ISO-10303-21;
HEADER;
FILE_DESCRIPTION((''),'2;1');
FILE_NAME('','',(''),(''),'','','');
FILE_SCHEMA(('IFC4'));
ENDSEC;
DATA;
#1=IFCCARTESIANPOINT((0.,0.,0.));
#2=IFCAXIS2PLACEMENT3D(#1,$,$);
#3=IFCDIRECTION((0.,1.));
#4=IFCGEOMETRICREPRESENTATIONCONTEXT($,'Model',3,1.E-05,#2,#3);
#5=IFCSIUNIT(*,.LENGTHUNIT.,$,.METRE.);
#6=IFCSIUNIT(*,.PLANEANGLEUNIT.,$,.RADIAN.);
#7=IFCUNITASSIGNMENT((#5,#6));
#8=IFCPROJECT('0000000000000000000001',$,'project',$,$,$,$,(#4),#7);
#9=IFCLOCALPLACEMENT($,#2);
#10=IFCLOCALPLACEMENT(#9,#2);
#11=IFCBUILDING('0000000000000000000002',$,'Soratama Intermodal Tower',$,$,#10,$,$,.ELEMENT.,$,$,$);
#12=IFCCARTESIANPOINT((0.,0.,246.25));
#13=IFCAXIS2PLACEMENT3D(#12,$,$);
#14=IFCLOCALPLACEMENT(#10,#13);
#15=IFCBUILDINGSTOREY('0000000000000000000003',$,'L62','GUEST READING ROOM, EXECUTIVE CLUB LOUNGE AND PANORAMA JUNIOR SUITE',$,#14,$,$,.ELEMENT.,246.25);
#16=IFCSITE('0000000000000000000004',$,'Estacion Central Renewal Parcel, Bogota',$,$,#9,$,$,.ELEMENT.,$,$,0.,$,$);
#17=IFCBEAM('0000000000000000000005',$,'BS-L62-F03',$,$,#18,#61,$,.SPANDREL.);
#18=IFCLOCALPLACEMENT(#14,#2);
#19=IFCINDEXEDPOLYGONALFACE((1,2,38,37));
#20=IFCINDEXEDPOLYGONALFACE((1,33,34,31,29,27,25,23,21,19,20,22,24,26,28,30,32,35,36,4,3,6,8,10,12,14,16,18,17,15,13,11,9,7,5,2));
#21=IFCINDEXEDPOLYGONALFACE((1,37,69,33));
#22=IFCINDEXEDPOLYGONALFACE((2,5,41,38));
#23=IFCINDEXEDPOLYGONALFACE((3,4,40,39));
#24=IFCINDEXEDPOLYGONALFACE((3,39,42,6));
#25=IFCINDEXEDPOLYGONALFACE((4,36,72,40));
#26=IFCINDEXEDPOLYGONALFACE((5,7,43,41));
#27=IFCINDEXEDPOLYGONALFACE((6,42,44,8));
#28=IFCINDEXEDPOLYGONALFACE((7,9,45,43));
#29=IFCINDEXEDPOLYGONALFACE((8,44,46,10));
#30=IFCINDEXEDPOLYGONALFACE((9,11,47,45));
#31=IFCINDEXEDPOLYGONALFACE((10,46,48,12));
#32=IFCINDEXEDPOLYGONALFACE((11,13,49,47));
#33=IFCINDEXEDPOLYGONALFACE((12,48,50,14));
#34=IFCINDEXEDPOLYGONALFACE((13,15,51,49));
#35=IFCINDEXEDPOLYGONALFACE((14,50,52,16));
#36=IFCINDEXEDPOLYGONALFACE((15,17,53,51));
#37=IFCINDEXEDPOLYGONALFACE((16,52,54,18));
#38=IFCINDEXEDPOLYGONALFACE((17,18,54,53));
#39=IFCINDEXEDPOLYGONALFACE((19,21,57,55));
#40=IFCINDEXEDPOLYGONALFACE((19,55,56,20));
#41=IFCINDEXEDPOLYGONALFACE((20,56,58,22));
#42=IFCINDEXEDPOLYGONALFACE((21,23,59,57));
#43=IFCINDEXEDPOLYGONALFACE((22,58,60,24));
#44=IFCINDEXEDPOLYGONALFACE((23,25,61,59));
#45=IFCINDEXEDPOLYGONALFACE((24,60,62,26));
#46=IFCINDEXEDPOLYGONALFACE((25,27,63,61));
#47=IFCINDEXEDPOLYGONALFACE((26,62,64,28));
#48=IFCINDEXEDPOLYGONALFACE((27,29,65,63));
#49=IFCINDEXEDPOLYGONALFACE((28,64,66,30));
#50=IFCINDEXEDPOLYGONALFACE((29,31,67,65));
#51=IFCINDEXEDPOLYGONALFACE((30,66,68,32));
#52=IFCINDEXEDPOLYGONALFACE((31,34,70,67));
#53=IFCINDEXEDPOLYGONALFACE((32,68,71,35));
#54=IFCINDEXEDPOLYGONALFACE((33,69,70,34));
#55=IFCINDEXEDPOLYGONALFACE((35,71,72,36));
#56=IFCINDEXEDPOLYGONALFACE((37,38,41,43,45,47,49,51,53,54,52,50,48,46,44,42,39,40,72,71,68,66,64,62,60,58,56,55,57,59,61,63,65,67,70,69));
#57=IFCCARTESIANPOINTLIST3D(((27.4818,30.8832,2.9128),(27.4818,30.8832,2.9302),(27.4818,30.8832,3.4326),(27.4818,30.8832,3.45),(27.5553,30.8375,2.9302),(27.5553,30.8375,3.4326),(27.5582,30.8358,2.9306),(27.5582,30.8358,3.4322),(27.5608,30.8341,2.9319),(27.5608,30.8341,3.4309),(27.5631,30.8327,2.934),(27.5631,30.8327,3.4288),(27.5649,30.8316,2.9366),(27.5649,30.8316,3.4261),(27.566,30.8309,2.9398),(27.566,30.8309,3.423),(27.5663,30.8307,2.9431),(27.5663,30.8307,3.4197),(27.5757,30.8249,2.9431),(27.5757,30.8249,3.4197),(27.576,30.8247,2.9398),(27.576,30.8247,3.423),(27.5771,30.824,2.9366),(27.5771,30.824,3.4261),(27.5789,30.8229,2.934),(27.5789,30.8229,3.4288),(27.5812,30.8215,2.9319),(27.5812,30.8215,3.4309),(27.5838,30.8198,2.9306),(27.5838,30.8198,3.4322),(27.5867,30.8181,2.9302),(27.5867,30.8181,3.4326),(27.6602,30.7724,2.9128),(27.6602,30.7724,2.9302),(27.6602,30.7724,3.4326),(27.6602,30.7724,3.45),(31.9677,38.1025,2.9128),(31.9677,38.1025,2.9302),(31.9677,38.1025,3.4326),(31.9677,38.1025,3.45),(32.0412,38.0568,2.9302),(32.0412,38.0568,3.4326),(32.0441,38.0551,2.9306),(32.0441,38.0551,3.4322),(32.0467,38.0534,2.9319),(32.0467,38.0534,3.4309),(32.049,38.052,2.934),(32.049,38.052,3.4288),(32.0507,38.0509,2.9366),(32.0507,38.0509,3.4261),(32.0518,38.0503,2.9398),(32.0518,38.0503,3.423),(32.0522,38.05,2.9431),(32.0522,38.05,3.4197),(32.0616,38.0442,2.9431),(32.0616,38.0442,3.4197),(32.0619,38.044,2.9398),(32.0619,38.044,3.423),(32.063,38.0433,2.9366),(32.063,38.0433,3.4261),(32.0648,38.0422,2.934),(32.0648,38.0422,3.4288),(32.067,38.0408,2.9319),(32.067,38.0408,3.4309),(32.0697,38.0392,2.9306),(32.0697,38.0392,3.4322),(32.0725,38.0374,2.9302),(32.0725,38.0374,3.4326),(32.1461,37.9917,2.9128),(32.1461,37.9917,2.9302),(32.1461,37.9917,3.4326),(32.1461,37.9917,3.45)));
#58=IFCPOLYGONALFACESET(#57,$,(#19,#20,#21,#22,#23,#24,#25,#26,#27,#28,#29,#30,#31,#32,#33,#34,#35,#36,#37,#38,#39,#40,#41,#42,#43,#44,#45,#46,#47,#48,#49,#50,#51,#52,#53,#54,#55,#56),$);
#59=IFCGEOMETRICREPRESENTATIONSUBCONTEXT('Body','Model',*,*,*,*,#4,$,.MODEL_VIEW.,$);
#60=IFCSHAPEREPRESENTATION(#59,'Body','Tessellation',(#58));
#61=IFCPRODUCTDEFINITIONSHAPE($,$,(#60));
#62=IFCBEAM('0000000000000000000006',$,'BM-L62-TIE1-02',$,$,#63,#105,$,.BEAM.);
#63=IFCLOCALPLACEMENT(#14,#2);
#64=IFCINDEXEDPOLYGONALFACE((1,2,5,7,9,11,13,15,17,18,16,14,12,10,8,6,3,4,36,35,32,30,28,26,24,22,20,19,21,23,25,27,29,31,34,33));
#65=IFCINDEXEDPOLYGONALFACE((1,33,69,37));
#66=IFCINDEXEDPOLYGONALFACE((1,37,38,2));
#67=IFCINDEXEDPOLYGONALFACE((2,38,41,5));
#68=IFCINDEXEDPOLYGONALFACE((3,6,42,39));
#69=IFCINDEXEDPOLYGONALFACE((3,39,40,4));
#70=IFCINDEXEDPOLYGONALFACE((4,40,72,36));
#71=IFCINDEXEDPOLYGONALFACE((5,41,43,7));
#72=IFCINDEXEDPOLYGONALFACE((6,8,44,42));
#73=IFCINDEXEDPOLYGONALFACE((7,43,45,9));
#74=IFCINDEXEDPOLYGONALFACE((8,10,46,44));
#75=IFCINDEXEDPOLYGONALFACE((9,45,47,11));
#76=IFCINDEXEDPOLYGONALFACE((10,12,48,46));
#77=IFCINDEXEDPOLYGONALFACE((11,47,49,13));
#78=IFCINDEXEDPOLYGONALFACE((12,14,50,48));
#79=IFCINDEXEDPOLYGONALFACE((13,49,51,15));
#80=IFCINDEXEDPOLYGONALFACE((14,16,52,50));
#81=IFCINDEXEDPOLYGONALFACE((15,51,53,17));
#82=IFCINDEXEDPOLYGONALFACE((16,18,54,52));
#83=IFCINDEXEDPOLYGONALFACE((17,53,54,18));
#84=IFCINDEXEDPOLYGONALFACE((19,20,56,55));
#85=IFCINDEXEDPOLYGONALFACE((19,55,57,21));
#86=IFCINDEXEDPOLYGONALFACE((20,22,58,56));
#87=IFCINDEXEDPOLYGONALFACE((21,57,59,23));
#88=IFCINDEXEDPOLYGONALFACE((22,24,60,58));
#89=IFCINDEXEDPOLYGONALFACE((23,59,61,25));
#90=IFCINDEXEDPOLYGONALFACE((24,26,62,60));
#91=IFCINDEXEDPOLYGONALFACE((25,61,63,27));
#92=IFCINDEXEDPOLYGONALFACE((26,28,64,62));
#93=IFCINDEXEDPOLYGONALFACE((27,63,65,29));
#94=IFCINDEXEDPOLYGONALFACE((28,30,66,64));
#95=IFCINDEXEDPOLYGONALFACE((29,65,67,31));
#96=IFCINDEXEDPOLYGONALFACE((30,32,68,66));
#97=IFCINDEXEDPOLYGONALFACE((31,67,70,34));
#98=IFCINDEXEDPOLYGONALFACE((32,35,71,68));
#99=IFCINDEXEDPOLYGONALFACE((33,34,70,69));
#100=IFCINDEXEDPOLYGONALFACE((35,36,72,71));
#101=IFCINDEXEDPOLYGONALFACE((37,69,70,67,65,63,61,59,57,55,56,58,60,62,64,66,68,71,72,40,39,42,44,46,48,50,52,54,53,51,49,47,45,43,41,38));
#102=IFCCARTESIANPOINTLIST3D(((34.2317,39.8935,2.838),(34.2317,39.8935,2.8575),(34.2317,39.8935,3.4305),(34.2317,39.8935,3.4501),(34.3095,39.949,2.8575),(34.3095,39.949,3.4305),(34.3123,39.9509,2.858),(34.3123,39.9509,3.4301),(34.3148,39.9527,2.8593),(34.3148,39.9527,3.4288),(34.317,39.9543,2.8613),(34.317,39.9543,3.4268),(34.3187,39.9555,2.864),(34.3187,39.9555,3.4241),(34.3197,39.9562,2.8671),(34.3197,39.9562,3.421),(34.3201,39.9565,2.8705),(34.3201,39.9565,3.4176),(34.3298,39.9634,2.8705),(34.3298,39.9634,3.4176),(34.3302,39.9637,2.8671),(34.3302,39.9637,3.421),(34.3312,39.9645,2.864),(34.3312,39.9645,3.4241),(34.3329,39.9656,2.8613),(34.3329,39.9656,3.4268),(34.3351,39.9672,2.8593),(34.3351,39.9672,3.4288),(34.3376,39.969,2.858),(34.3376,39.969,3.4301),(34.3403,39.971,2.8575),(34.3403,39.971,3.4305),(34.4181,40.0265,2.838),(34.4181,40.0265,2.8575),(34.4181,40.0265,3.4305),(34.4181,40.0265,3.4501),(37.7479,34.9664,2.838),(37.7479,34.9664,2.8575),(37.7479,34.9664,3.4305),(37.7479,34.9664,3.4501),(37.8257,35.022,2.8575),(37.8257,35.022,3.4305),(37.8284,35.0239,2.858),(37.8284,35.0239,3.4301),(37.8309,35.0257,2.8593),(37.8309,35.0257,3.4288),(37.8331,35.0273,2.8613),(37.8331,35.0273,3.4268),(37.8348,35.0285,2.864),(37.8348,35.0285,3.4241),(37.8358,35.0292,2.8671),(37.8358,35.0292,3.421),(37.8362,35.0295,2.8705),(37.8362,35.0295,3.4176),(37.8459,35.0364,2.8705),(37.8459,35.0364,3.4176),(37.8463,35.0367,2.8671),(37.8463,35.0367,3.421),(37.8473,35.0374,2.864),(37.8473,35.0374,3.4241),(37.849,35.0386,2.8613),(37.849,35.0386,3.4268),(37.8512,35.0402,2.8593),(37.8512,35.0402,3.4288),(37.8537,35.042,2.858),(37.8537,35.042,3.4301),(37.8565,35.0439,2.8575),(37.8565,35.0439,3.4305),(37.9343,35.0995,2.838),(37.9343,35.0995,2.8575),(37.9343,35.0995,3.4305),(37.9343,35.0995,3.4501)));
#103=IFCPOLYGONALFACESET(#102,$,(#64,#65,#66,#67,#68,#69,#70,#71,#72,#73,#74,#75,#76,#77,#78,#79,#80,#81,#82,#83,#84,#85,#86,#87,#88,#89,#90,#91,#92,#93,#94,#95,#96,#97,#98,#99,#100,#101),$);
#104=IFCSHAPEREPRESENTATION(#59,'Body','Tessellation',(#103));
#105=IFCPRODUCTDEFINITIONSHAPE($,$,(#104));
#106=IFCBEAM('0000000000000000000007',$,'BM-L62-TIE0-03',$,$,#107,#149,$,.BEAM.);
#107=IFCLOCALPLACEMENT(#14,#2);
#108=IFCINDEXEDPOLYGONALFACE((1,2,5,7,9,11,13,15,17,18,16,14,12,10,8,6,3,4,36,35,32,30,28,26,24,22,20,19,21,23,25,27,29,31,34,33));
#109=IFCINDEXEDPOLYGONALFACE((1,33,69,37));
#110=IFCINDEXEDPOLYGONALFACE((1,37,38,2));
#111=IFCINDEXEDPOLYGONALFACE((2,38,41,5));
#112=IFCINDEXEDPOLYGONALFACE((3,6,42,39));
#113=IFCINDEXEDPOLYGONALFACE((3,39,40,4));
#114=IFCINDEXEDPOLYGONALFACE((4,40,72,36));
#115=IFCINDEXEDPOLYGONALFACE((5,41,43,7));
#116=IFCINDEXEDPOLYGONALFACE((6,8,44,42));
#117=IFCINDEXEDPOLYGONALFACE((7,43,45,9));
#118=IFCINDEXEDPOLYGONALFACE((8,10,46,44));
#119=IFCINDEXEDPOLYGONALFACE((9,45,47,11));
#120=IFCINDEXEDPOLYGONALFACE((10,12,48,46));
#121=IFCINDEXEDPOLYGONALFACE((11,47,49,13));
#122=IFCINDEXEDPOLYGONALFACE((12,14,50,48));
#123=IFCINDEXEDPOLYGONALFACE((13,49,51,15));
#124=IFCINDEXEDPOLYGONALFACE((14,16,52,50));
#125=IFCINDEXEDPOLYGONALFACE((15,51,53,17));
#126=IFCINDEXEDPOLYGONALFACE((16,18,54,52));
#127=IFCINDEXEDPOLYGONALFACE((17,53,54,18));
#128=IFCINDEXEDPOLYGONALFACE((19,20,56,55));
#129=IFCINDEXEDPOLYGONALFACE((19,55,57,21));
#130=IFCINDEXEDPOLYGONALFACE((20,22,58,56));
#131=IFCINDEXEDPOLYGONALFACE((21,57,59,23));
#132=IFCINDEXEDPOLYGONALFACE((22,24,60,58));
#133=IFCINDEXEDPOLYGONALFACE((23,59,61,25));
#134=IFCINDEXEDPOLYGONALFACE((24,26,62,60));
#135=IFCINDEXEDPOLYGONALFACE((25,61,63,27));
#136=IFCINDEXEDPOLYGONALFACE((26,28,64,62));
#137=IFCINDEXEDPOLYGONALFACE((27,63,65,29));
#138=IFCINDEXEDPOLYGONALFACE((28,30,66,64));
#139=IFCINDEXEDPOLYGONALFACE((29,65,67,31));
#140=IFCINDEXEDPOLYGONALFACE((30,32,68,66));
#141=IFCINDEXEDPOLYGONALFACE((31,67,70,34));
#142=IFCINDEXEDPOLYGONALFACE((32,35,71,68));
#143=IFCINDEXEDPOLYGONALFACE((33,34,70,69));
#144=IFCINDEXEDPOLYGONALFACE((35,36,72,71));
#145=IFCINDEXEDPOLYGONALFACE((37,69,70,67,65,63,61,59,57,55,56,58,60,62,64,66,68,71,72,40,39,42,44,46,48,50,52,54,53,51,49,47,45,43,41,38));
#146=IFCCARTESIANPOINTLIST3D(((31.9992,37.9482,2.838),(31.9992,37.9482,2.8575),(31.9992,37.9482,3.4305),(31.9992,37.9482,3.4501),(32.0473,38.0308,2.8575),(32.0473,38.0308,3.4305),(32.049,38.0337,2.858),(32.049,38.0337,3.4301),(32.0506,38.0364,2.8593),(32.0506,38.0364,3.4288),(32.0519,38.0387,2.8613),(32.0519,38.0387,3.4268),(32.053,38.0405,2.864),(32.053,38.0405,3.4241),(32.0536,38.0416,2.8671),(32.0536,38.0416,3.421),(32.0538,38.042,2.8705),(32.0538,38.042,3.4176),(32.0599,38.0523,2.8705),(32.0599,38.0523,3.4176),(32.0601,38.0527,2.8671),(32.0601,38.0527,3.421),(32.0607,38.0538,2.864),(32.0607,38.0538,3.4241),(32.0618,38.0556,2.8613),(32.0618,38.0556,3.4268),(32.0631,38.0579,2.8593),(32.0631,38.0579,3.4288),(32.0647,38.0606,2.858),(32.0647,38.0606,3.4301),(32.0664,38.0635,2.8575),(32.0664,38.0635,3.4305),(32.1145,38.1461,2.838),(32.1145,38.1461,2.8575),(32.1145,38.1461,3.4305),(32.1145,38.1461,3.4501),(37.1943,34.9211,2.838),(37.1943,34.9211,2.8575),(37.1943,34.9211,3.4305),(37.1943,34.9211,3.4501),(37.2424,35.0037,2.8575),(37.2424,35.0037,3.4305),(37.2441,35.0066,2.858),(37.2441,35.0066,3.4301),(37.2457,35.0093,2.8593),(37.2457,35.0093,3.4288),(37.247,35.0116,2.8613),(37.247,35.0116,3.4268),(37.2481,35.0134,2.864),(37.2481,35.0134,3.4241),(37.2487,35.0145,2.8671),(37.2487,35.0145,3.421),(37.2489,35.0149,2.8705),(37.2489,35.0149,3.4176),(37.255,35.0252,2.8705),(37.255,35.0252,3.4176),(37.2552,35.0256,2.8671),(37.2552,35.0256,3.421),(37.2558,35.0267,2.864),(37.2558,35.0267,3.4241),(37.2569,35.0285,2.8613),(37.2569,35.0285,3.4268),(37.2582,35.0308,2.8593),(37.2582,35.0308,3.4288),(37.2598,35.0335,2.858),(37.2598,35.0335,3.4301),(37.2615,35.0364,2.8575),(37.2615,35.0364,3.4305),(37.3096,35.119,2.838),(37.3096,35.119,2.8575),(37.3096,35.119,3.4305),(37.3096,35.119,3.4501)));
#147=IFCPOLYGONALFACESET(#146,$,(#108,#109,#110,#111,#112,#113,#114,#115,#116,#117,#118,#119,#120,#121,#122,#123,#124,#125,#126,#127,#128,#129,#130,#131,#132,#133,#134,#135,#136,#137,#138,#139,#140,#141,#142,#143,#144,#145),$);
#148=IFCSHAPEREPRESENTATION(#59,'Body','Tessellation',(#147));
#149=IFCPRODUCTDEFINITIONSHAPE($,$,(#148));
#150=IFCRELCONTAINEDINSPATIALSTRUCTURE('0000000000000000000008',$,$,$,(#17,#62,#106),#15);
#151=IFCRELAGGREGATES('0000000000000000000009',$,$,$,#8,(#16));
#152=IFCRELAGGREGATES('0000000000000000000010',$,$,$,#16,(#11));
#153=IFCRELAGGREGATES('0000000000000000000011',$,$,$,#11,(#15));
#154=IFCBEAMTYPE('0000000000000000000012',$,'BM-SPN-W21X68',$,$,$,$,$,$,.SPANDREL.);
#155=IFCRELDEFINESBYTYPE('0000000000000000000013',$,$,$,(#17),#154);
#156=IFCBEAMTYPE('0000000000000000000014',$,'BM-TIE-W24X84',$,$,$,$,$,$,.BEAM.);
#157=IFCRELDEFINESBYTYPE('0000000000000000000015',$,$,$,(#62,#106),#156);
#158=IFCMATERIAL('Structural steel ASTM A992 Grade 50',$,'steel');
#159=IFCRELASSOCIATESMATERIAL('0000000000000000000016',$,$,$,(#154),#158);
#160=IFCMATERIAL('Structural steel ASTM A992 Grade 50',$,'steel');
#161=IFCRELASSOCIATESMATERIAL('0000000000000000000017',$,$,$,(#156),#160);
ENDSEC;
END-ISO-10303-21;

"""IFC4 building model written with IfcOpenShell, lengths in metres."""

from ifc_helpers import new_model, si_unit, direction, frame, origin, origin_2d, place, context, subcontext, project, spatial, i_section, extrude, material, material_profile, profile_set, type_object, element, save


model = new_model("IFC4")

# Units and contexts
model_context = context("Model", 3, precision=1e-05, world=origin(), true_north=direction((0.0, 1.0)))
body_context = subcontext(model_context, "Body", "Model", "MODEL_VIEW")
ifc_project = project(units=[si_unit("LENGTHUNIT", "METRE"), si_unit("PLANEANGLEUNIT", "RADIAN")], contexts=[model_context])

# Site, building, storey
site_placement = place(None, origin())
site = spatial("IfcSite", under=ifc_project, at=site_placement, Name="Estacion Central Renewal Parcel, Bogota", CompositionType="ELEMENT", RefElevation=0.0)
building_placement = place(site_placement, origin())
building = spatial("IfcBuilding", under=site, at=building_placement, Name="Soratama Intermodal Tower", CompositionType="ELEMENT")
storey_placement = place(building_placement, frame((0.0, 0.0, 246.25)))
storey = spatial("IfcBuildingStorey", under=building, at=storey_placement, Name="L62", Description="GUEST READING ROOM, EXECUTIVE CLUB LOUNGE AND PANORAMA JUNIOR SUITE", CompositionType="ELEMENT", Elevation=246.25)

# Beams
ifc_material_1 = material(Name="Structural steel ASTM A992 Grade 50", Category="steel")
ifc_material_profile_1 = material_profile(ifc_material_1, i_section(OverallWidth=0.21, OverallDepth=0.5371, WebThickness=0.011, FlangeThickness=0.0173, FilletRadius=0.0129, at=origin_2d()), Name="W21X68")
ifc_profile_set_1 = profile_set([ifc_material_profile_1], Name="Structural steel ASTM A992 Grade 50")
beam_type_1 = type_object("IfcBeamType", Name="BM-SPN-W21X68", PredefinedType="SPANDREL", material=ifc_profile_set_1)
beam_1_placement = place(storey_placement, frame((32.0569, 38.0471, 3.1814), z_axis=(-0.527782, -0.84938, 0.0), x_axis=(0.84938, -0.527782, 0.0)))
element("IfcBeam", 1, at=beam_1_placement, inside=storey, type_object=beam_type_1, Name="BS-L62-F03", PredefinedType="SPANDREL", context=body_context, shape_type="SweptSolid", body=[
    extrude(i_section(OverallWidth=0.21, OverallDepth=0.5371, WebThickness=0.011, FlangeThickness=0.0173, FilletRadius=0.0129, at=origin_2d()), origin(), (0.0, 0.0, 1.0), 8.4995),
])
ifc_material_2 = material(Name="Structural steel ASTM A992 Grade 50", Category="steel")
ifc_material_profile_2 = material_profile(ifc_material_2, i_section(OverallWidth=0.229, OverallDepth=0.6121, WebThickness=0.012, FlangeThickness=0.0195, FilletRadius=0.0129, at=origin_2d()), Name="W24X84")
ifc_profile_set_2 = profile_set([ifc_material_profile_2], Name="Structural steel ASTM A992 Grade 50")
beam_type_2 = type_object("IfcBeamType", Name="BM-TIE-W24X84", PredefinedType="BEAM", material=ifc_profile_set_2)
beam_2_placement = place(storey_placement, frame((37.8411, 35.033, 3.144), z_axis=(-0.580891, 0.813981, 0.0), x_axis=(-0.813981, -0.580891, 0.0)))
element("IfcBeam", 2, at=beam_2_placement, inside=storey, type_object=beam_type_2, Name="BM-L62-TIE1-02", PredefinedType="BEAM", context=body_context, shape_type="SweptSolid", body=[
    extrude(i_section(OverallWidth=0.229, OverallDepth=0.6121, WebThickness=0.012, FlangeThickness=0.0195, FilletRadius=0.0129, at=origin_2d()), origin(), (0.0, 0.0, 1.0), 6.053),
])
beam_3_placement = place(storey_placement, frame((37.252, 35.02, 3.144), z_axis=(-0.864022, 0.503454, 0.0), x_axis=(-0.503454, -0.864022, 0.0)))
element("IfcBeam", 3, at=beam_3_placement, inside=storey, type_object=beam_type_2, Name="BM-L62-TIE0-03", PredefinedType="BEAM", context=body_context, shape_type="SweptSolid", body=[
    extrude(i_section(OverallWidth=0.229, OverallDepth=0.6121, WebThickness=0.012, FlangeThickness=0.0195, FilletRadius=0.0129, at=origin_2d()), origin(), (0.0, 0.0, 1.0), 6.0127),
])

save(model, "model.ifc")
